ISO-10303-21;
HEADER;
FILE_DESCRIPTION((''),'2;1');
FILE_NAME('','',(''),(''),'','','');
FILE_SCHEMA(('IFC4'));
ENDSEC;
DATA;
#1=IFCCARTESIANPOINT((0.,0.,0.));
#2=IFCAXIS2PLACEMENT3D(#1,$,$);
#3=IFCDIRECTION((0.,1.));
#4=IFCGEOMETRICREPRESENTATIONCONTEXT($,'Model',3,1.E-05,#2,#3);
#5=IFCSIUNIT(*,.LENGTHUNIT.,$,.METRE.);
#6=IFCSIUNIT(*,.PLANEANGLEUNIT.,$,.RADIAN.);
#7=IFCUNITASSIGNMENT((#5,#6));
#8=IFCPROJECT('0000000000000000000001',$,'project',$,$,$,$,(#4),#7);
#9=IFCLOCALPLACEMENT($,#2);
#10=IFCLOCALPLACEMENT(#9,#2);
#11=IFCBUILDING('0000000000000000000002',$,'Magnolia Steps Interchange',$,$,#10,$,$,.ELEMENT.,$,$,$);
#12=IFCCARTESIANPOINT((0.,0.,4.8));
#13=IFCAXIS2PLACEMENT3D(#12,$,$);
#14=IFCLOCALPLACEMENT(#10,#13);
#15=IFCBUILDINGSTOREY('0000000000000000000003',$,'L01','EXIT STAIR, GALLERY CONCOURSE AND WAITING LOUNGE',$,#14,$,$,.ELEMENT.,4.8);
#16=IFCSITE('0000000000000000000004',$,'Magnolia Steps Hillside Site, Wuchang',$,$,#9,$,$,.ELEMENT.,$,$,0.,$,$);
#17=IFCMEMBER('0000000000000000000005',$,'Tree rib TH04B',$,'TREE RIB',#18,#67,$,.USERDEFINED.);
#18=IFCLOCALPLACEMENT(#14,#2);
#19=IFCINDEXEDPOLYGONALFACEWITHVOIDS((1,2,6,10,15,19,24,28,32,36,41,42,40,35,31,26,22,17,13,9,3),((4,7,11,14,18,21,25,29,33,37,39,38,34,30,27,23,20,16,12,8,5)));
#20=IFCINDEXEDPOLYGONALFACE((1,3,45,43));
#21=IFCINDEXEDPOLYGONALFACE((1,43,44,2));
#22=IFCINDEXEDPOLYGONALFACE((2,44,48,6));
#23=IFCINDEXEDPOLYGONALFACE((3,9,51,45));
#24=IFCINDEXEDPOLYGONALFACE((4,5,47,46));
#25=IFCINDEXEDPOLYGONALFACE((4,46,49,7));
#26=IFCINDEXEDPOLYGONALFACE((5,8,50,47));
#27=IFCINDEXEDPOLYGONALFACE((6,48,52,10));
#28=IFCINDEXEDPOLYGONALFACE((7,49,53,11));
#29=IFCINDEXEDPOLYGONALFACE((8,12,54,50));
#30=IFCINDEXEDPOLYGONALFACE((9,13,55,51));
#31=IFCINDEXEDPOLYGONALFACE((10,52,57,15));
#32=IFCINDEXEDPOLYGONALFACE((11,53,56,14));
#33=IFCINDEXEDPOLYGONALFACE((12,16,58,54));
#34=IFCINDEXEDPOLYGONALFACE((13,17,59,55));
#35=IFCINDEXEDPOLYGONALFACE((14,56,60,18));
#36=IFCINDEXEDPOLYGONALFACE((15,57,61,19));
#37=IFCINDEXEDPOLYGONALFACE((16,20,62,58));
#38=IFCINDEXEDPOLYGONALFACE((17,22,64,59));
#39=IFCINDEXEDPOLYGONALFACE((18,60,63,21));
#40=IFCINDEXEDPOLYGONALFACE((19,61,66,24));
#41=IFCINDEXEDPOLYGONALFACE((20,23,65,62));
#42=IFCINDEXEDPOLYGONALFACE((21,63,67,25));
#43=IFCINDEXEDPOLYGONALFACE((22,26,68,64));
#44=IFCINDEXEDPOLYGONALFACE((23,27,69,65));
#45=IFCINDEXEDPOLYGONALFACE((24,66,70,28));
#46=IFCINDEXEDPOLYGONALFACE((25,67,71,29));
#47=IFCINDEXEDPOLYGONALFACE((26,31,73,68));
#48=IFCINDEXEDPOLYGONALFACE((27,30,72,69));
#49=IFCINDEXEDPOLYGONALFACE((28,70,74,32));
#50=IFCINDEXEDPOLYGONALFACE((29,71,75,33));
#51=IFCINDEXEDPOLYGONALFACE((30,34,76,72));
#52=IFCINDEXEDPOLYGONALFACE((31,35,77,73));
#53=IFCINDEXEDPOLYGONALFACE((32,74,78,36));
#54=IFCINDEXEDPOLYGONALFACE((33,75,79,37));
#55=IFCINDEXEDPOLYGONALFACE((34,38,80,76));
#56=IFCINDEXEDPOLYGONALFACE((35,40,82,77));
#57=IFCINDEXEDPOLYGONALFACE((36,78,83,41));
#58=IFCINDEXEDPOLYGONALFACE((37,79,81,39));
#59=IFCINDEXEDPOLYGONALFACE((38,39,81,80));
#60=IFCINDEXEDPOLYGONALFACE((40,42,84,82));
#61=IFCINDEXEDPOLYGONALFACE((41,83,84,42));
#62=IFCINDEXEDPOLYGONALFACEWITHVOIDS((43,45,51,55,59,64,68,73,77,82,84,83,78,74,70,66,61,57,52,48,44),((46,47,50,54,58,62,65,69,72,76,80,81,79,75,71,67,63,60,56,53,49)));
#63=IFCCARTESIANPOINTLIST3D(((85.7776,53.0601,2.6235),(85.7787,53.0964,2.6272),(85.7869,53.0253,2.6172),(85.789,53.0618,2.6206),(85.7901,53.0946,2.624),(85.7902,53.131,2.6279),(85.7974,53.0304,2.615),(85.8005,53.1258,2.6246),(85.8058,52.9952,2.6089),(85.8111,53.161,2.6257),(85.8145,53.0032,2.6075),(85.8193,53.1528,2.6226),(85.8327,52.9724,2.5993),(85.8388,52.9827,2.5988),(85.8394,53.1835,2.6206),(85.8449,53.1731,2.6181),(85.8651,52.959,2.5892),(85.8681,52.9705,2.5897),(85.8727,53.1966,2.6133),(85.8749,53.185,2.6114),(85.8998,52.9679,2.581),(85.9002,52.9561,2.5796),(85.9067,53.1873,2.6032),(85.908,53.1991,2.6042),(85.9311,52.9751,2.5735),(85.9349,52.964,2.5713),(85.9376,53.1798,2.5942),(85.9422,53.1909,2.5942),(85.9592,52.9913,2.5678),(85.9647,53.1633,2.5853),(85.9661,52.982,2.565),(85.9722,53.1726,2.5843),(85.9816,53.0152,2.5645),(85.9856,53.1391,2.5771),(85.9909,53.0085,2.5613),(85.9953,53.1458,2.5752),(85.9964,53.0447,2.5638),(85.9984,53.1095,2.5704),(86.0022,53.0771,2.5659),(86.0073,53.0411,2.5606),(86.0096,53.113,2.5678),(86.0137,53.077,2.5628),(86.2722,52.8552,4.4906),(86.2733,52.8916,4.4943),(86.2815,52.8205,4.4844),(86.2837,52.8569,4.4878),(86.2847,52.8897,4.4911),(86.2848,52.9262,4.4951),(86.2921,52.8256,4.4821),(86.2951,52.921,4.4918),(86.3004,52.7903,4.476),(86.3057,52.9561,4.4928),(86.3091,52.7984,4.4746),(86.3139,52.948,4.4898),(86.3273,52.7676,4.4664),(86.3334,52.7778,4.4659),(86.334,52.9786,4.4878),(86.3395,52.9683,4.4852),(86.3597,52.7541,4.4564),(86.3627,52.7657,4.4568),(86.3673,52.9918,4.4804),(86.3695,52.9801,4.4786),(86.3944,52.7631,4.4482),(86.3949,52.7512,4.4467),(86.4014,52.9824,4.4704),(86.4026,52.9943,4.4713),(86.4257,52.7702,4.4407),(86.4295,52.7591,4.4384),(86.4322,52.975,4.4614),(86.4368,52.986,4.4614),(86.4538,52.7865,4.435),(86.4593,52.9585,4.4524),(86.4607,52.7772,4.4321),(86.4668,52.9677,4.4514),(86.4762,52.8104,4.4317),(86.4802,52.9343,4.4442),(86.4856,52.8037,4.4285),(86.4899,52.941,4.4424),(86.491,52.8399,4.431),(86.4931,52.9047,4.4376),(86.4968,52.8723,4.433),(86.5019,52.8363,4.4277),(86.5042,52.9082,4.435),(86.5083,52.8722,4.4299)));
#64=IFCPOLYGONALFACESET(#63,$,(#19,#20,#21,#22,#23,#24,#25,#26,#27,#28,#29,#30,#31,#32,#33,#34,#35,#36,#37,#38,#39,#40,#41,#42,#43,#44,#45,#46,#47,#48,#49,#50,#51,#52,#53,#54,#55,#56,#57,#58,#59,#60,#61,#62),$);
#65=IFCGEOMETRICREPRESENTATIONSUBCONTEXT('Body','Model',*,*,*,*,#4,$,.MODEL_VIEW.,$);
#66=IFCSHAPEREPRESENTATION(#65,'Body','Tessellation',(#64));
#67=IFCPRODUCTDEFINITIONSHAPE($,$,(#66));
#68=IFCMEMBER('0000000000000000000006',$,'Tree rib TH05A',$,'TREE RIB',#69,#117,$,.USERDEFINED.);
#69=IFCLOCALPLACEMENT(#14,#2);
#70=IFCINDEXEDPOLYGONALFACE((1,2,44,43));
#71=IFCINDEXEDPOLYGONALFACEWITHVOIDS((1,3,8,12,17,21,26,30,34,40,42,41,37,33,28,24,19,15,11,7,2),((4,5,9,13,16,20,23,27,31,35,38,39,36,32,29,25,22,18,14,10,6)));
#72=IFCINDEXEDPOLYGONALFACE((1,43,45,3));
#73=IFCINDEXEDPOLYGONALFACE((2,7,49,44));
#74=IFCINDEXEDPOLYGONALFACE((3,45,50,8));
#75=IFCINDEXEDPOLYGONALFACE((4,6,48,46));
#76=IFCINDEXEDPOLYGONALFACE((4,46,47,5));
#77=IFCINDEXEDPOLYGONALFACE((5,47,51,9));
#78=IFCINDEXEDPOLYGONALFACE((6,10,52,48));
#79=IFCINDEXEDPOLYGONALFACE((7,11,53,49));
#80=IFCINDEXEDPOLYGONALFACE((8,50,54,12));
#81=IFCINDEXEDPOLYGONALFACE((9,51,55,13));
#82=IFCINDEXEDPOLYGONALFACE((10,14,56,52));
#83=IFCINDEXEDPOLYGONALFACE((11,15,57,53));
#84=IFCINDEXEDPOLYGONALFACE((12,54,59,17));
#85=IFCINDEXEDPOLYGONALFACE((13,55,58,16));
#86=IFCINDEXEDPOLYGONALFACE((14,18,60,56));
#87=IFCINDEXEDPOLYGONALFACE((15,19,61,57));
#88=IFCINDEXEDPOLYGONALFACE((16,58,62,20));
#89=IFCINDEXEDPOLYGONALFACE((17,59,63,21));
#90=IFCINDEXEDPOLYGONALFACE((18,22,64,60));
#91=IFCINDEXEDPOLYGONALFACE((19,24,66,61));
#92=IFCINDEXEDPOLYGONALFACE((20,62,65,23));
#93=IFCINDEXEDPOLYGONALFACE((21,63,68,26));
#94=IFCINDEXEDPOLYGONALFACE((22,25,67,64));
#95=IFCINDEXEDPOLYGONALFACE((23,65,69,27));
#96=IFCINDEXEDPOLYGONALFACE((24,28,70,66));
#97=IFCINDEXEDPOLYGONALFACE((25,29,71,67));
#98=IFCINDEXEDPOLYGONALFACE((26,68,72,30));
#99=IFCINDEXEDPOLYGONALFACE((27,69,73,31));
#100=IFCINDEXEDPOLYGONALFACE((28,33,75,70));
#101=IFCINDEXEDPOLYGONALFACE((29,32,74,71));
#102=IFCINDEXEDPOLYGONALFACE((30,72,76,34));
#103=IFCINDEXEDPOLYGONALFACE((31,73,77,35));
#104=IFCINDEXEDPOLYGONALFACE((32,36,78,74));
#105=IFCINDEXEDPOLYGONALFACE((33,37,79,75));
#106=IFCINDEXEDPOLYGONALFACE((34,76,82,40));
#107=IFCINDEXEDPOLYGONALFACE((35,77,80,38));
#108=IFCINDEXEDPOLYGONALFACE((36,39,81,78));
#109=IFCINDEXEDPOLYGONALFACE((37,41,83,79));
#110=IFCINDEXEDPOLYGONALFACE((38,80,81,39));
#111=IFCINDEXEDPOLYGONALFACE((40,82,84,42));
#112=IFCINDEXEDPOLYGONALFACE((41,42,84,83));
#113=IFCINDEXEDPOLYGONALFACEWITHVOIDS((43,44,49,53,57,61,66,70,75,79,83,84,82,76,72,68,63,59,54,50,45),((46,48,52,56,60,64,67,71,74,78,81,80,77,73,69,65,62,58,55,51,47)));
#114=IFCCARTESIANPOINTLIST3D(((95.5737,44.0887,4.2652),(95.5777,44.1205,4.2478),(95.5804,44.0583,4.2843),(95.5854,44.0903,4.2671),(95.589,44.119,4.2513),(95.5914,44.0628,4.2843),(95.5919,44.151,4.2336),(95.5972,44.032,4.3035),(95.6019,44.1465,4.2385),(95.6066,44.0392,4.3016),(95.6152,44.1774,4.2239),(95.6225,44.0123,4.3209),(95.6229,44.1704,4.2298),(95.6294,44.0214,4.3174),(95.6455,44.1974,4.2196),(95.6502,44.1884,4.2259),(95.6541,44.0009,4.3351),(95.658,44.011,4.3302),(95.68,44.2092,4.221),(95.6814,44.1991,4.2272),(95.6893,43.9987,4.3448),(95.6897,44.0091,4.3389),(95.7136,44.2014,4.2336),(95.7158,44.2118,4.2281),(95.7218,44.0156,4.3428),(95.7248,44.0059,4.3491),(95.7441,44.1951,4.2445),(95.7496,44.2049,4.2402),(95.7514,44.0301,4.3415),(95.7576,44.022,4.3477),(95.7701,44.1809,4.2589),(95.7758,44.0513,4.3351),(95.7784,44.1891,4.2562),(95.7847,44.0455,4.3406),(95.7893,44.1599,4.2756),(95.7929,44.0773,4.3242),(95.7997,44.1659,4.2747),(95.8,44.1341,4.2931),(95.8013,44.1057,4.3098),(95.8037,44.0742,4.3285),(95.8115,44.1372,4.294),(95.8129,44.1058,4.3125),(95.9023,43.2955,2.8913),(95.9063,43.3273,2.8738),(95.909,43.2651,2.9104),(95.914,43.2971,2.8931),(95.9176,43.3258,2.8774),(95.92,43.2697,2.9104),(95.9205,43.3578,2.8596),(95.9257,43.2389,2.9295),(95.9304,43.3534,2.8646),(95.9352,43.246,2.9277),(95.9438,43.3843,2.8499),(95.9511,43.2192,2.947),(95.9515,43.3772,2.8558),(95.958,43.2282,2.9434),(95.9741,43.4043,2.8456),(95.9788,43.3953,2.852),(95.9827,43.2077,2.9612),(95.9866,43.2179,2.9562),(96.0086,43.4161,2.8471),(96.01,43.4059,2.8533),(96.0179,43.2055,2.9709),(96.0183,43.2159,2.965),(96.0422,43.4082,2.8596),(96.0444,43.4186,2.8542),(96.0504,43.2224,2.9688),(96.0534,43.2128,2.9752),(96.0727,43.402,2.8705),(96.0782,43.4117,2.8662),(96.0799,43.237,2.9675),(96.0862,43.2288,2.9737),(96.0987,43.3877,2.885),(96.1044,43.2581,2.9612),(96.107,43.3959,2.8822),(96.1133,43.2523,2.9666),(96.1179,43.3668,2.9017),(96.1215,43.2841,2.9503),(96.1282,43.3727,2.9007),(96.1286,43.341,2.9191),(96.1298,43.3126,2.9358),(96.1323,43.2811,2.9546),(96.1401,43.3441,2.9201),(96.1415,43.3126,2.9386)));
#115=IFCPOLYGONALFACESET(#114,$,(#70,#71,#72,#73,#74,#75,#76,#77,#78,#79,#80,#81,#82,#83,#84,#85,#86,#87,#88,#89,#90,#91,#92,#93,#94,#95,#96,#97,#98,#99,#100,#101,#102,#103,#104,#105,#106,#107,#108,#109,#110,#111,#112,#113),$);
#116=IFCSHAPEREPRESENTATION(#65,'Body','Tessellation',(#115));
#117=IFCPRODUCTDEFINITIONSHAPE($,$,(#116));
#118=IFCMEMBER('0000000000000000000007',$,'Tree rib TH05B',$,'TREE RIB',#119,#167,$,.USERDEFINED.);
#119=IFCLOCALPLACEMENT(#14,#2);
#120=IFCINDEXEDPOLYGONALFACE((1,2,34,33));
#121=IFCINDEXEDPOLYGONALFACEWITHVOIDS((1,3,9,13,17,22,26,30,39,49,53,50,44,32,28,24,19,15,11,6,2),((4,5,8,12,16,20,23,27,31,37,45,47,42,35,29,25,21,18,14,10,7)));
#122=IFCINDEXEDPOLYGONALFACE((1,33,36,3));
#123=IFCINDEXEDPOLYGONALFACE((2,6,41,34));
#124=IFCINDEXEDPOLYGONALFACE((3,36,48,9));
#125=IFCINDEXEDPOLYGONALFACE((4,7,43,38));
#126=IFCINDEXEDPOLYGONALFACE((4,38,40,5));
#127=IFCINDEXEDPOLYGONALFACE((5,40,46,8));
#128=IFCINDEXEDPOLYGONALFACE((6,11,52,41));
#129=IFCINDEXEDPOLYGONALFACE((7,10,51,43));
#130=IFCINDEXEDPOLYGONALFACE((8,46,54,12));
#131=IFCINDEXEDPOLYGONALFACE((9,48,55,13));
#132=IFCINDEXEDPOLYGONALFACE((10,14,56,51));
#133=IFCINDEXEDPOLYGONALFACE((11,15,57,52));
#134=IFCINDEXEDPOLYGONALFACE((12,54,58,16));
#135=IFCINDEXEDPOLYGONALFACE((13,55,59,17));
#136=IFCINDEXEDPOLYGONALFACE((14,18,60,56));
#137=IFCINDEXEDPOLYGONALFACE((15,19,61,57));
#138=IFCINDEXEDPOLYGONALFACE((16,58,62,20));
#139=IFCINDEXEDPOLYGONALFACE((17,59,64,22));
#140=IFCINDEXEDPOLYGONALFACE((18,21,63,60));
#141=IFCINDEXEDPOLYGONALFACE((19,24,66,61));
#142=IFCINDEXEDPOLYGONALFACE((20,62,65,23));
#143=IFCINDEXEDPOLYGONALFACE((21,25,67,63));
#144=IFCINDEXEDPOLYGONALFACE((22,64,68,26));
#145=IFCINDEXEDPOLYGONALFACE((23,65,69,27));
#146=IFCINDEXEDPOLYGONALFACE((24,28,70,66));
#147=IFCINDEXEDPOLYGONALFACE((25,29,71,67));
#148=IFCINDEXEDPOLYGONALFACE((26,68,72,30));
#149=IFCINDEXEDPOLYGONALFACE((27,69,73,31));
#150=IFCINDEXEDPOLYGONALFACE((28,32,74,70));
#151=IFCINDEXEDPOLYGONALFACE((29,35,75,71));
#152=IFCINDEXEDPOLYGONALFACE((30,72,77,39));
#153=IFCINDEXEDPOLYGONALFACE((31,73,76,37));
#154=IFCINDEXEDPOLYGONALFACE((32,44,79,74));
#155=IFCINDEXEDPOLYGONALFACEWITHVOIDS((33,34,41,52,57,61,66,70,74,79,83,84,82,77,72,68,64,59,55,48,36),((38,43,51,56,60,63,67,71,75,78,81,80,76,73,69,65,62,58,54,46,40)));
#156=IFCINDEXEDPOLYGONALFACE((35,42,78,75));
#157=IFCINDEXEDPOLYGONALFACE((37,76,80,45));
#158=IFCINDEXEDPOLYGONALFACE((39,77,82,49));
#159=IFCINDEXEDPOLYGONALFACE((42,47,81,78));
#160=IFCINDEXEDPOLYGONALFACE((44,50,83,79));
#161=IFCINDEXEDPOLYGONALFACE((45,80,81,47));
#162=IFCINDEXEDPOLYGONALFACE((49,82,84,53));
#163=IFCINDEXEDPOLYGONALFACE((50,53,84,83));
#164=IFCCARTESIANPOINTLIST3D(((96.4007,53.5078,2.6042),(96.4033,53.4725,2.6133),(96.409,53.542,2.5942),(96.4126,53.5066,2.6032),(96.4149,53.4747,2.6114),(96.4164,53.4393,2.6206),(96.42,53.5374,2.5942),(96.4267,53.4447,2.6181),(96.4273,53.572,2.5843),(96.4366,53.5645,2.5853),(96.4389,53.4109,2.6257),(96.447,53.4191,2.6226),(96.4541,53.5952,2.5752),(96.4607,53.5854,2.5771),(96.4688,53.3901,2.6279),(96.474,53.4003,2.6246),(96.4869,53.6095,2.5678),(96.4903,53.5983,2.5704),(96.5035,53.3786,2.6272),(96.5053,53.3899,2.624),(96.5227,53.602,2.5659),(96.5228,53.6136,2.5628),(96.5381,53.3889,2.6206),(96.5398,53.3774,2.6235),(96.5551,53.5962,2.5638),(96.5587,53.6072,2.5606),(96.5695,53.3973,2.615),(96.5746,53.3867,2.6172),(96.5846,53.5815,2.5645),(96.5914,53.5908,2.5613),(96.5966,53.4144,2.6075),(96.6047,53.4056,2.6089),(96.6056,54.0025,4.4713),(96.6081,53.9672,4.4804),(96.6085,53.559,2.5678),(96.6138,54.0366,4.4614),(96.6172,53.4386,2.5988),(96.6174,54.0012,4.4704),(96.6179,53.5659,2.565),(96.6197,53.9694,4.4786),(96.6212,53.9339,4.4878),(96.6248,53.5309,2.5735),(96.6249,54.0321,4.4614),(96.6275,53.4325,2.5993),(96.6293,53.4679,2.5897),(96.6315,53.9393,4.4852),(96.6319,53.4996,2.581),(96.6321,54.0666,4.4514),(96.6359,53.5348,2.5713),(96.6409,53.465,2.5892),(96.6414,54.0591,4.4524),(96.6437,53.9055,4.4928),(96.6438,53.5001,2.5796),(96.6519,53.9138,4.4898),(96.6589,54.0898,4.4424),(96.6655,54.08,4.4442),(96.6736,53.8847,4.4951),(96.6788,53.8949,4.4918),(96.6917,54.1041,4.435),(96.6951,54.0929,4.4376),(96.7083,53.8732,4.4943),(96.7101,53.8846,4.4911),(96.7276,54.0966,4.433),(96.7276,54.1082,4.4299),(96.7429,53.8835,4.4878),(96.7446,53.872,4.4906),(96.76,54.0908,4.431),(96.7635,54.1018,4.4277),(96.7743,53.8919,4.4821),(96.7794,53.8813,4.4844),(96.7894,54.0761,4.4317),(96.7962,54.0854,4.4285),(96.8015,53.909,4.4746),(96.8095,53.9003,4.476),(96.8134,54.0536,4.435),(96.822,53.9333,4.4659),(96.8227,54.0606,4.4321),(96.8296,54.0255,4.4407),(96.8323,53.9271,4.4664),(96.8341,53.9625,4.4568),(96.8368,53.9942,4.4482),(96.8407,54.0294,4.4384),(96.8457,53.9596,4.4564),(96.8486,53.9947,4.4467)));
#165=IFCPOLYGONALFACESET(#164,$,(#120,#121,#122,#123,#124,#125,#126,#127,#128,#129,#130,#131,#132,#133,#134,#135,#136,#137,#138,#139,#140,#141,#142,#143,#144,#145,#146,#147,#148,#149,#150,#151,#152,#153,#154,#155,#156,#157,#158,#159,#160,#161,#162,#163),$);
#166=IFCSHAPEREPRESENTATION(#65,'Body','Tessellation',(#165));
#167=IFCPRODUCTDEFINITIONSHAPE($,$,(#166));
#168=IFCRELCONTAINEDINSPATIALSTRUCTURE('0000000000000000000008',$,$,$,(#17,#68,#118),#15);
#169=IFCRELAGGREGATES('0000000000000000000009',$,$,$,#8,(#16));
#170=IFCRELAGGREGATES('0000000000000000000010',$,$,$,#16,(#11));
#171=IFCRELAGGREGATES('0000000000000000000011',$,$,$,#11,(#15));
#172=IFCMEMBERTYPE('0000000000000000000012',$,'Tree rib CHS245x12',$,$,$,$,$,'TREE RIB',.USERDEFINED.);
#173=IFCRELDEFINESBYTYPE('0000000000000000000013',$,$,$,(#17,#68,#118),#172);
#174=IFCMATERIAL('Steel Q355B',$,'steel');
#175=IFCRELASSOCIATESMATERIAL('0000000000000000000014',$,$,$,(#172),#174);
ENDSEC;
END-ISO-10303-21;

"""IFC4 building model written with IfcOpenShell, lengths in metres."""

from ifc_helpers import new_model, si_unit, direction, frame, origin, origin_2d, place, context, subcontext, project, spatial, hollow_circle, extrude, material, material_profile, profile_set, type_object, element, save


model = new_model("IFC4")

# Units and contexts
model_context = context("Model", 3, precision=1e-05, world=origin(), true_north=direction((0.0, 1.0)))
body_context = subcontext(model_context, "Body", "Model", "MODEL_VIEW")
ifc_project = project(units=[si_unit("LENGTHUNIT", "METRE"), si_unit("PLANEANGLEUNIT", "RADIAN")], contexts=[model_context])

# Site, building, storey
site_placement = place(None, origin())
site = spatial("IfcSite", under=ifc_project, at=site_placement, Name="Magnolia Steps Hillside Site, Wuchang", CompositionType="ELEMENT", RefElevation=0.0)
building_placement = place(site_placement, origin())
building = spatial("IfcBuilding", under=site, at=building_placement, Name="Magnolia Steps Interchange", CompositionType="ELEMENT")
storey_placement = place(building_placement, frame((0.0, 0.0, 4.8)))
storey = spatial("IfcBuildingStorey", under=building, at=storey_placement, Name="L01", Description="EXIT STAIR, GALLERY CONCOURSE AND WAITING LOUNGE", CompositionType="ELEMENT", Elevation=4.8)

# Members
ifc_material_1 = material(Name="Steel Q355B", Category="steel")
ifc_material_profile_1 = material_profile(ifc_material_1, hollow_circle(Radius=0.1226, WallThickness=0.012, at=origin_2d()), Name="CHS245x12")
ifc_profile_set_1 = profile_set([ifc_material_profile_1], Name="Steel Q355B")
member_type = type_object("IfcMemberType", Name="Tree rib CHS245x12", ElementType="TREE RIB", PredefinedType="USERDEFINED", material=ifc_profile_set_1)
for number, where, z_axis, x_axis, name in (
    (1, (85.8953, 53.0776, 2.5942), (0.254645, -0.105453, 0.961268), (0.382607, 0.923911, 0.0), "Tree rib TH04B"),
):
    element("IfcMember", number, at=place(storey_placement, frame(where, z_axis=z_axis, x_axis=x_axis)), inside=storey, type_object=member_type, Name=name, ObjectType="TREE RIB", PredefinedType="USERDEFINED", context=body_context, shape_type="SweptSolid", body=[
        extrude(hollow_circle(Radius=0.1226, WallThickness=0.012, at=origin_2d()), origin(), (0.0, 0.0, 1.0), 1.9424),
    ])
member_1_placement = place(storey_placement, frame((96.0222, 43.312, 2.9104), z_axis=(-0.20282, 0.489571, 0.848047), x_axis=(-0.923857, -0.382737, 0.0)))
element("IfcMember", 2, at=member_1_placement, inside=storey, type_object=member_type, Name="Tree rib TH05A", ObjectType="TREE RIB", PredefinedType="USERDEFINED", context=body_context, shape_type="SweptSolid", body=[
    extrude(hollow_circle(Radius=0.1226, WallThickness=0.012, at=origin_2d()), origin(), (0.0, 0.0, 1.0), 1.6201),
])
for number, where, z_axis, x_axis, name in (
    (3, (96.5222, 53.4951, 2.5942), (0.105453, 0.254645, 0.961268), (-0.923911, 0.382607, 0.0), "Tree rib TH05B"),
):
    element("IfcMember", number, at=place(storey_placement, frame(where, z_axis=z_axis, x_axis=x_axis)), inside=storey, type_object=member_type, Name=name, ObjectType="TREE RIB", PredefinedType="USERDEFINED", context=body_context, shape_type="SweptSolid", body=[
        extrude(hollow_circle(Radius=0.1226, WallThickness=0.012, at=origin_2d()), origin(), (0.0, 0.0, 1.0), 1.9424),
    ])

save(model, "model.ifc")
